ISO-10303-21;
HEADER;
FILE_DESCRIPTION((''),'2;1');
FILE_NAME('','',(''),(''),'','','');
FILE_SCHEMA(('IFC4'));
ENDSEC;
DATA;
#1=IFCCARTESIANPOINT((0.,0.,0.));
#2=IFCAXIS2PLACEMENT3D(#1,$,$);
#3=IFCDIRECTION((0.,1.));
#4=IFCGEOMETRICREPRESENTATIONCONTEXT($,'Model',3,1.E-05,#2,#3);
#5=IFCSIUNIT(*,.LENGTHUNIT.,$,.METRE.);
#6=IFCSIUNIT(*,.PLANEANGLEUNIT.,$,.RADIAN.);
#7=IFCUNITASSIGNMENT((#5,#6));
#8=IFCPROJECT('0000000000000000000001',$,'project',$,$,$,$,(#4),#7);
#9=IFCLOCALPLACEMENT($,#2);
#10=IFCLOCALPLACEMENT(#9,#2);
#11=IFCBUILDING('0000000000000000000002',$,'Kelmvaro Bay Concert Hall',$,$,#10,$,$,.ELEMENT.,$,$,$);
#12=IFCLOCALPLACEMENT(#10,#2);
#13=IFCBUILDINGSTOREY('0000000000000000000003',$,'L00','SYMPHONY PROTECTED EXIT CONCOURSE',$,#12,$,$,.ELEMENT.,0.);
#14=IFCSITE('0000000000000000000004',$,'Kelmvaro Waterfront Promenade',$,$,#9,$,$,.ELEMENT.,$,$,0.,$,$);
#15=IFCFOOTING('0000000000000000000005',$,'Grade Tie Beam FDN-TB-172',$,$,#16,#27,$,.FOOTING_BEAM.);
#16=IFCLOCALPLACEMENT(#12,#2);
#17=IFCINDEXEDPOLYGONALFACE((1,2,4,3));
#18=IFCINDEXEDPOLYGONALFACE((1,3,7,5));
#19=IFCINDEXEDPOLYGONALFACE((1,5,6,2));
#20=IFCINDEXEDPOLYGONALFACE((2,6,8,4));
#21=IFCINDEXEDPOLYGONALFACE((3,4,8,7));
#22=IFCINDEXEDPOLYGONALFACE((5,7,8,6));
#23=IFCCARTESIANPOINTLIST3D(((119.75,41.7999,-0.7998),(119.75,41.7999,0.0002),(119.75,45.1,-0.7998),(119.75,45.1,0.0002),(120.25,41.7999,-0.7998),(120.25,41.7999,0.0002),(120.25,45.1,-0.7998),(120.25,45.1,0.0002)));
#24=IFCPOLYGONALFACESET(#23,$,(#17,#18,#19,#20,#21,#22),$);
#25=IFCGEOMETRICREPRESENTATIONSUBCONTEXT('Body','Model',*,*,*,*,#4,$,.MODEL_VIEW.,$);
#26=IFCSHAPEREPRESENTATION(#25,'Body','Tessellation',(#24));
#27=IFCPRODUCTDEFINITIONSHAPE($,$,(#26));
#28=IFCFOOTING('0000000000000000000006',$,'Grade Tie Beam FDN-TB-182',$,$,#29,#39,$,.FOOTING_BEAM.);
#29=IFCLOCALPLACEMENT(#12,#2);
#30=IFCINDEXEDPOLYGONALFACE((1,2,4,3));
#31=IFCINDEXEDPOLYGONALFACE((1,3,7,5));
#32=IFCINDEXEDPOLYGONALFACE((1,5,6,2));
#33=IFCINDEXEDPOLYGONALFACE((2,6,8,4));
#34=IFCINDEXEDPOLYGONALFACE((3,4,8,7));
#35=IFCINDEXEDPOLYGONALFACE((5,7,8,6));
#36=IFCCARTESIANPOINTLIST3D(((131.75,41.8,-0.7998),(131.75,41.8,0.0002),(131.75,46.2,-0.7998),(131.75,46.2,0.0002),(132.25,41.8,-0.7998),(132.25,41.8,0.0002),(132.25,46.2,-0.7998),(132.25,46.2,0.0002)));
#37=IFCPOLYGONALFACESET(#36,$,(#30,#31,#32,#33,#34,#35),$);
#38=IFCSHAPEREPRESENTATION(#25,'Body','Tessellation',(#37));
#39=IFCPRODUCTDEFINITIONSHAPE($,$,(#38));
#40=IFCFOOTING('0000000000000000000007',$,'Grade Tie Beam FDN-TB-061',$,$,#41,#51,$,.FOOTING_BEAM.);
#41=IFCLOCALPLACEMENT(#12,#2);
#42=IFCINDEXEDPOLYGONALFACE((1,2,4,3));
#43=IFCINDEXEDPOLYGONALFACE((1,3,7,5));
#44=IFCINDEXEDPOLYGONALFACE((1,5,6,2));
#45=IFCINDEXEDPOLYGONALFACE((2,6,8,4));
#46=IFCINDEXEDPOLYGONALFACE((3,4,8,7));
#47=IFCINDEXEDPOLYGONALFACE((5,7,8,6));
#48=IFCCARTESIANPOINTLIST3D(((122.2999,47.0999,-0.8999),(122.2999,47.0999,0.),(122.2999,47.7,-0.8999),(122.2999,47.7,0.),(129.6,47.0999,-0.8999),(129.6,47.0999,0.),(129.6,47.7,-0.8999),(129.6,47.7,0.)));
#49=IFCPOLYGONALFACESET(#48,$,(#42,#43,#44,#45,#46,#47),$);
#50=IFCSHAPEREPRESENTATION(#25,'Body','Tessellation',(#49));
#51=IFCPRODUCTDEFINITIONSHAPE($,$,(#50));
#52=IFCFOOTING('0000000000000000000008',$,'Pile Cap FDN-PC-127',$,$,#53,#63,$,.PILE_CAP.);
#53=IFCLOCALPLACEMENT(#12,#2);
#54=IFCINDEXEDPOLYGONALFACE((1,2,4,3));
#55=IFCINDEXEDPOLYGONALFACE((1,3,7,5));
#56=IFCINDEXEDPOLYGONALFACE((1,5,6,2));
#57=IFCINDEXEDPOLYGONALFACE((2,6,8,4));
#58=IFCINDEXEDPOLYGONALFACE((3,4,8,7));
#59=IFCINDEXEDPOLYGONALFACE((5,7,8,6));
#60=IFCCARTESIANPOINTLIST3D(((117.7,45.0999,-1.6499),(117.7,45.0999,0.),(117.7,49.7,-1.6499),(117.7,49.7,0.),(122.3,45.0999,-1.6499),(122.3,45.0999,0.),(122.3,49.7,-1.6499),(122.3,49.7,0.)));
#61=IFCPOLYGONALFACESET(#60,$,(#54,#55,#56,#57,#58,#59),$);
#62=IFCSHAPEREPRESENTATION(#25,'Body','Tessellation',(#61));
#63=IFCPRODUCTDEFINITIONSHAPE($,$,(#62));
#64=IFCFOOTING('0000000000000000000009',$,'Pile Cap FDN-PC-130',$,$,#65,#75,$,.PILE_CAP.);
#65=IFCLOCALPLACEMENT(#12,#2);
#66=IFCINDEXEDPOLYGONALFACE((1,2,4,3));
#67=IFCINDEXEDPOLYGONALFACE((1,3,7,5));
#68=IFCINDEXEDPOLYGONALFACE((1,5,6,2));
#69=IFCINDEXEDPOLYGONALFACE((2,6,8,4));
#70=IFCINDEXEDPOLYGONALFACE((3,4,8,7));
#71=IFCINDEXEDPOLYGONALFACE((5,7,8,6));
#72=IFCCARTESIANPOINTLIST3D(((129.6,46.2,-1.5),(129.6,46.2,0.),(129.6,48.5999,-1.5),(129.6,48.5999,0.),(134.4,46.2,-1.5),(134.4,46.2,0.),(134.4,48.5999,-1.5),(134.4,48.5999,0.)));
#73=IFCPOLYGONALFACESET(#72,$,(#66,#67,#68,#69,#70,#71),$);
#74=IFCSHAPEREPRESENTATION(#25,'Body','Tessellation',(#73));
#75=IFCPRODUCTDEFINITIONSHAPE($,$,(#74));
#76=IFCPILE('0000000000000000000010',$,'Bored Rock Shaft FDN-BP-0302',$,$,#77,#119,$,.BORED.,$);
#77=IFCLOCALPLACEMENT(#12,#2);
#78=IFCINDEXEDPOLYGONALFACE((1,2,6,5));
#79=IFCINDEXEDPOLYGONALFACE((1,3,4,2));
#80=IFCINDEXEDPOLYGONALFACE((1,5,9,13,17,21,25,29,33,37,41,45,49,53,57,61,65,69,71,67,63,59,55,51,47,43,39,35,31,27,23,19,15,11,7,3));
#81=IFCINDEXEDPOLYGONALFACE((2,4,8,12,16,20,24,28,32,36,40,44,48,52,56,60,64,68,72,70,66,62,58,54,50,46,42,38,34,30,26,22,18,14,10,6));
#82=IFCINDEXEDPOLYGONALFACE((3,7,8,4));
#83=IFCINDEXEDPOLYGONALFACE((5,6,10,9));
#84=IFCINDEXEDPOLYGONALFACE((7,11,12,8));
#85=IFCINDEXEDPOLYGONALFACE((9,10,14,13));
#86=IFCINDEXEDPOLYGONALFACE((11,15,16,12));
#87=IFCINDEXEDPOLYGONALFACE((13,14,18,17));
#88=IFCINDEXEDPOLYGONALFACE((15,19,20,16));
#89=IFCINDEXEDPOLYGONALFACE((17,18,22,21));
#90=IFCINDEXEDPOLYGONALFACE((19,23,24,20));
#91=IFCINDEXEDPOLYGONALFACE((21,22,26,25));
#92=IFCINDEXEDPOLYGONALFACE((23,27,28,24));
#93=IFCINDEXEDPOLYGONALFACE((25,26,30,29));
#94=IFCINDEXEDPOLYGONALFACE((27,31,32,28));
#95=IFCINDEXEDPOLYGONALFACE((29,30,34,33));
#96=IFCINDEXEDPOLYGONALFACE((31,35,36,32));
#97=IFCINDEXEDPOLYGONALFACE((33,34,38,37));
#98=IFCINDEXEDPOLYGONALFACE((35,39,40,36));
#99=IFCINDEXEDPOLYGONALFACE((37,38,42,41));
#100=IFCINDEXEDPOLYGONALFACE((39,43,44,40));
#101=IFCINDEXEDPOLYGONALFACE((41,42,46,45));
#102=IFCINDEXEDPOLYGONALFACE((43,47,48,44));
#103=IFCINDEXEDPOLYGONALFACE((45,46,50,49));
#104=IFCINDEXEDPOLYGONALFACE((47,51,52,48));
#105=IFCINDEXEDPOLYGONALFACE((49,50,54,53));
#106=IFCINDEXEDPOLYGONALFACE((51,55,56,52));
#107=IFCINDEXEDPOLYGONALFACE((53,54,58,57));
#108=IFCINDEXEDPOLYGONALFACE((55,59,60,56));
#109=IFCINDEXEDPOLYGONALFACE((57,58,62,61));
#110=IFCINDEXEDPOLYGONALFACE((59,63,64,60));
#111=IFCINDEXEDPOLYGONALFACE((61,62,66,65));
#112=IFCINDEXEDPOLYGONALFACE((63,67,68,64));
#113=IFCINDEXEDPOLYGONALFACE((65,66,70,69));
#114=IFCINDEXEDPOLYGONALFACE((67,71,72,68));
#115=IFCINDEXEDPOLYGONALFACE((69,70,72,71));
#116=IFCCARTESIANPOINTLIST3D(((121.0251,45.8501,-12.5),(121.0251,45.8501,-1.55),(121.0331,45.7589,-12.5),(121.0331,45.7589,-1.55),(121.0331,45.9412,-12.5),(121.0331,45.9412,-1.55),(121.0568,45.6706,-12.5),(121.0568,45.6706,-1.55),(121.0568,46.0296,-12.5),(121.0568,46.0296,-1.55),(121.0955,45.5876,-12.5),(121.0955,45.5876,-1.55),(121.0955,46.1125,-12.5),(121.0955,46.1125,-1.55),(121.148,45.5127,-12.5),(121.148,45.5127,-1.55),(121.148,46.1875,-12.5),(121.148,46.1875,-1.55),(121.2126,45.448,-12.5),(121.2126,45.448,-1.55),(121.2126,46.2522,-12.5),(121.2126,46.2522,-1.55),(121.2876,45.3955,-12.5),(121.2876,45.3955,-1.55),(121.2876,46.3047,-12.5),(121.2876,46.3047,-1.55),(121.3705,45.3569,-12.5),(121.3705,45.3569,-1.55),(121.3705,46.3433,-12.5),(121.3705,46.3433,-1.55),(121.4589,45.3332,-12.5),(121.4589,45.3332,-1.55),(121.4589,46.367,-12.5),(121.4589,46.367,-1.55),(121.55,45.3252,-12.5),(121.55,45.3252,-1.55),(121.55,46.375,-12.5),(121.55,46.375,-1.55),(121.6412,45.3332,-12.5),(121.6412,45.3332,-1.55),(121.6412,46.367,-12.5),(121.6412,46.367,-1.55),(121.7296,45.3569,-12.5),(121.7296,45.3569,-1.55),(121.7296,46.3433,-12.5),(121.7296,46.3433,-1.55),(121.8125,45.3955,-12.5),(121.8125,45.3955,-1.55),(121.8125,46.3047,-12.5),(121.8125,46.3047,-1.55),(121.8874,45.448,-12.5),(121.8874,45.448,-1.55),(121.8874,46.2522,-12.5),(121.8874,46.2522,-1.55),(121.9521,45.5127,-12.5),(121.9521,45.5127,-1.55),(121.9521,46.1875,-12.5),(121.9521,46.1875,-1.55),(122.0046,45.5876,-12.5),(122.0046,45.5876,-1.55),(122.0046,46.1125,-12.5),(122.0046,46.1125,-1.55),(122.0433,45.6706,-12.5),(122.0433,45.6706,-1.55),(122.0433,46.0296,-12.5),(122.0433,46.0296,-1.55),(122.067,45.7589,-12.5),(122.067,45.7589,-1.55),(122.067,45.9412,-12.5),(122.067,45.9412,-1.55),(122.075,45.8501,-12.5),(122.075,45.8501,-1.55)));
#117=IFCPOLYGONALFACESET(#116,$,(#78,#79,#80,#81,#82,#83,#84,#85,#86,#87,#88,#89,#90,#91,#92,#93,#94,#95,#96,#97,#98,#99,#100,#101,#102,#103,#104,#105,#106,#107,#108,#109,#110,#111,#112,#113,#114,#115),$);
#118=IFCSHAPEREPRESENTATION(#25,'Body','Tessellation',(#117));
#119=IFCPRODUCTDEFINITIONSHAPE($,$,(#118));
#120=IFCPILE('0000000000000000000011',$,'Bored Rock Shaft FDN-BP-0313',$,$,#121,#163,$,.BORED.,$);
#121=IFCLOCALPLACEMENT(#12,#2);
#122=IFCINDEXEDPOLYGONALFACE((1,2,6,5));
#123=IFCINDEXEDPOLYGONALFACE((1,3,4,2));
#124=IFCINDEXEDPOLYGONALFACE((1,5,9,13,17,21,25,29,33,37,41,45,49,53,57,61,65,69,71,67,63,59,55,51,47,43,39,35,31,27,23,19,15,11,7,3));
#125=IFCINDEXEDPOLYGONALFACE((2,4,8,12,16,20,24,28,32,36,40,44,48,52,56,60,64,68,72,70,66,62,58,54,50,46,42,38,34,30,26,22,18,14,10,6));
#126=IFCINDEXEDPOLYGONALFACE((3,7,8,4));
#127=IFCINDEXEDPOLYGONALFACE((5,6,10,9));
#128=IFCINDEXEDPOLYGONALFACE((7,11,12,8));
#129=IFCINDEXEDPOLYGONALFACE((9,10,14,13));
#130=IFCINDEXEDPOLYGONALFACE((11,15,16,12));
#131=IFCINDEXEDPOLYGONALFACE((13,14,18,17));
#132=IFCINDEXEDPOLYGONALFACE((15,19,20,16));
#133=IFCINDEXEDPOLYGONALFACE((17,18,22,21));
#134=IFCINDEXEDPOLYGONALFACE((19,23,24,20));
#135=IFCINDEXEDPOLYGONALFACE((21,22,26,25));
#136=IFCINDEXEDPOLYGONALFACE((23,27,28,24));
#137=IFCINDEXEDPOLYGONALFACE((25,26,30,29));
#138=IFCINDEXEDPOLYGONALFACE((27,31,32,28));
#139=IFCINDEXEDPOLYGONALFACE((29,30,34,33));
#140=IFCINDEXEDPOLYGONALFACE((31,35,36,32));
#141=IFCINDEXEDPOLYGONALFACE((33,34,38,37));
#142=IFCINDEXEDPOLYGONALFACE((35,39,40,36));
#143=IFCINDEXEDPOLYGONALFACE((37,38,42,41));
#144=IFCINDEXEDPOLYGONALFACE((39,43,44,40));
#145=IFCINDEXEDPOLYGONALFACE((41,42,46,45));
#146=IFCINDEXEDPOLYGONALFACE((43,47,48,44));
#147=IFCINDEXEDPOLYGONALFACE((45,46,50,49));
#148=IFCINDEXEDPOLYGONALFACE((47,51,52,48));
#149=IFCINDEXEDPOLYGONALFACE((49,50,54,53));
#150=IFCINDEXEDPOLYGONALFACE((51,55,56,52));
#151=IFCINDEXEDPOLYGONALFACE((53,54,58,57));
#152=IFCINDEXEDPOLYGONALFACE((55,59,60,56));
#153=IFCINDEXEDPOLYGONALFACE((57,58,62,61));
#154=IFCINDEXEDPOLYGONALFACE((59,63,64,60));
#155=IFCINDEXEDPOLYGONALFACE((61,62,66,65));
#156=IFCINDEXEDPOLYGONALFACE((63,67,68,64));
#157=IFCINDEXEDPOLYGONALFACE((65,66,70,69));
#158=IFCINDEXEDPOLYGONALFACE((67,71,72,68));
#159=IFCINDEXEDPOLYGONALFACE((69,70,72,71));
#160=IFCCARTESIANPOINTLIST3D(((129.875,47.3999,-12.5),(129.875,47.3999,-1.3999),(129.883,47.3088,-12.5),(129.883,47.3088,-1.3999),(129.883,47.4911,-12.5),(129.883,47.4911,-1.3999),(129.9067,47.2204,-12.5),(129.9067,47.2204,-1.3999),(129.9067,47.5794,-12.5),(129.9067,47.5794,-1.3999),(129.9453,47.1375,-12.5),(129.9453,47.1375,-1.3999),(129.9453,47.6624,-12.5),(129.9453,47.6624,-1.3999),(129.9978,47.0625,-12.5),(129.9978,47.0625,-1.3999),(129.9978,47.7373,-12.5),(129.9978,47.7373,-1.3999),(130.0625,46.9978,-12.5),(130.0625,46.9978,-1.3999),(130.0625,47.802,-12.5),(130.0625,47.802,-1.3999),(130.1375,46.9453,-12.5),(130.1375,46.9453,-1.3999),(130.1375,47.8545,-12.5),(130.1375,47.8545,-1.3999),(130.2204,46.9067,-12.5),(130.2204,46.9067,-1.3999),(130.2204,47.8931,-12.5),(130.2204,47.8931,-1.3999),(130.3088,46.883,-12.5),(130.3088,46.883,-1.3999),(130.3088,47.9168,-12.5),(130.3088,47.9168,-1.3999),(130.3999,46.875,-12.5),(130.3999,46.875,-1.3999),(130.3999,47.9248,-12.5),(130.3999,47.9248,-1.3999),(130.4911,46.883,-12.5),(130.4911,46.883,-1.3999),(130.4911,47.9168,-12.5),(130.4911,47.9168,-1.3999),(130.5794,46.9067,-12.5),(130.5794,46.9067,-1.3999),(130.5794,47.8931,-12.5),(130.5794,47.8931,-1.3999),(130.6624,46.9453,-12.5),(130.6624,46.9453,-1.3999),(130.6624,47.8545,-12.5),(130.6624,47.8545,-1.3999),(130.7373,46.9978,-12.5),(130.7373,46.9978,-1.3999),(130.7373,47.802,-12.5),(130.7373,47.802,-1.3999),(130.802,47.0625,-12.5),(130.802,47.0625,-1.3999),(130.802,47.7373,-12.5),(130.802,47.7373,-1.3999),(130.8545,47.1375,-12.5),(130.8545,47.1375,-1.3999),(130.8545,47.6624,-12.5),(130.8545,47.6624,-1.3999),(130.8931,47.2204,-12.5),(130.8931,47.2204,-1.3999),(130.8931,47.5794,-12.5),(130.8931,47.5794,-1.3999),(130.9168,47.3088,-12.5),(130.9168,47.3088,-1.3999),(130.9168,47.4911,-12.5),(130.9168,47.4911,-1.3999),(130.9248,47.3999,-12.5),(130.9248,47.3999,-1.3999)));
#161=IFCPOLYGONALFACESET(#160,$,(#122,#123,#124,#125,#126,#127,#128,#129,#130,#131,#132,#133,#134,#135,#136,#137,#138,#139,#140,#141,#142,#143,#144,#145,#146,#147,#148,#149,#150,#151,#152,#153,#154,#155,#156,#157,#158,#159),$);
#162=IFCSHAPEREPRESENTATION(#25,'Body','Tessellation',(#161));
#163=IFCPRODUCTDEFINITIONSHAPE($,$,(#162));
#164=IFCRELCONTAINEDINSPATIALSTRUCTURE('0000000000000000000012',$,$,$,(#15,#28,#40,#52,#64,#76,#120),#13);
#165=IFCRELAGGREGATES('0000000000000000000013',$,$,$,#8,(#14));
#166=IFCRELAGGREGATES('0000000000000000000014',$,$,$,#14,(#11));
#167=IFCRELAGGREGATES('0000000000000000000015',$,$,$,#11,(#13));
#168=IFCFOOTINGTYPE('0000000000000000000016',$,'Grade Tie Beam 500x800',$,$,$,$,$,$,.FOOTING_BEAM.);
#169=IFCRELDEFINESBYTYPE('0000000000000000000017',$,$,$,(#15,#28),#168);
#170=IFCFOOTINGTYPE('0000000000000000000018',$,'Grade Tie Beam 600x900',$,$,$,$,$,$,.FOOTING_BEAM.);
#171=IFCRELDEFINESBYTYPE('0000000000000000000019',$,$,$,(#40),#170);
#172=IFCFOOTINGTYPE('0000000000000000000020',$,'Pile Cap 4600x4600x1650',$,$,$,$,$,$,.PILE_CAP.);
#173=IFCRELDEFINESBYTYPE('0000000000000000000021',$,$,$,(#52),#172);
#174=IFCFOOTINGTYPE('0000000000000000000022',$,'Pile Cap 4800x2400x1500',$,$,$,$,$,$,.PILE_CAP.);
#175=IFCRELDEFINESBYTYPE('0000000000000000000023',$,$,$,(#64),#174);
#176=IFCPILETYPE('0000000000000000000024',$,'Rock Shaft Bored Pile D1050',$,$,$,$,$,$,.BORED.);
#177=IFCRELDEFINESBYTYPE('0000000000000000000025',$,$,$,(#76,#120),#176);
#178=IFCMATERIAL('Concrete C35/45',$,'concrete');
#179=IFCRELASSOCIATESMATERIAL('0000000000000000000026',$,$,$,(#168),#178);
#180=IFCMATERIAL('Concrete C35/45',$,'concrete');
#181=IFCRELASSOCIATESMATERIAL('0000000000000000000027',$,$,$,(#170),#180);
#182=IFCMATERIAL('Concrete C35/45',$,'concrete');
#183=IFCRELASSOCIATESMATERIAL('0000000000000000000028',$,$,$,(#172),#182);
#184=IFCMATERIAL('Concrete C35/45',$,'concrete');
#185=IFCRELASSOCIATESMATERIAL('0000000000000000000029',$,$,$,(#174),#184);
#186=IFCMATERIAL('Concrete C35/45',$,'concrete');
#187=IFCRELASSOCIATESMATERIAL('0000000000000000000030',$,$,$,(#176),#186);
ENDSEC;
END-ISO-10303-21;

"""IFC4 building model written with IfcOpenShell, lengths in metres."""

from ifc_helpers import new_model, si_unit, direction, frame, origin, origin_2d, place, context, subcontext, project, spatial, rectangle, circle, extrude, material, material_profile, profile_set, type_object, element, save


model = new_model("IFC4")

# Units and contexts
model_context = context("Model", 3, precision=1e-05, world=origin(), true_north=direction((0.0, 1.0)))
body_context = subcontext(model_context, "Body", "Model", "MODEL_VIEW")
ifc_project = project(units=[si_unit("LENGTHUNIT", "METRE"), si_unit("PLANEANGLEUNIT", "RADIAN")], contexts=[model_context])

# Site, building, storey
site_placement = place(None, origin())
site = spatial("IfcSite", under=ifc_project, at=site_placement, Name="Kelmvaro Waterfront Promenade", CompositionType="ELEMENT", RefElevation=0.0)
building_placement = place(site_placement, origin())
building = spatial("IfcBuilding", under=site, at=building_placement, Name="Kelmvaro Bay Concert Hall", CompositionType="ELEMENT")
storey_placement = place(building_placement, origin())
storey = spatial("IfcBuildingStorey", under=building, at=storey_placement, Name="L00", Description="SYMPHONY PROTECTED EXIT CONCOURSE", CompositionType="ELEMENT", Elevation=0.0)

# Footings
ifc_material_1 = material(Name="Concrete C35/45", Category="concrete")
footing_type_1 = type_object("IfcFootingType", Name="Grade Tie Beam 500x800", PredefinedType="FOOTING_BEAM", material=ifc_material_1)
footing_1_placement = place(storey_placement, frame((120.0, 43.45, -0.7998), z_axis=(0.0, 0.0, 1.0), x_axis=(0.0, 1.0, 0.0)))
element("IfcFooting", 1, at=footing_1_placement, inside=storey, type_object=footing_type_1, Name="Grade Tie Beam FDN-TB-172", PredefinedType="FOOTING_BEAM", context=body_context, shape_type="SweptSolid", body=[
    extrude(rectangle(XDim=3.3, YDim=0.5, at=origin_2d()), origin(), (0.0, 0.0, 1.0), 0.8),
])
footing_2_placement = place(storey_placement, frame((132.0, 44.0, -0.7998), z_axis=(0.0, 0.0, 1.0), x_axis=(0.0, 1.0, 0.0)))
element("IfcFooting", 2, at=footing_2_placement, inside=storey, type_object=footing_type_1, Name="Grade Tie Beam FDN-TB-182", PredefinedType="FOOTING_BEAM", context=body_context, shape_type="SweptSolid", body=[
    extrude(rectangle(XDim=4.3999, YDim=0.5, at=origin_2d()), origin(), (0.0, 0.0, 1.0), 0.8),
])
ifc_material_2 = material(Name="Concrete C35/45", Category="concrete")
footing_type_2 = type_object("IfcFootingType", Name="Grade Tie Beam 600x900", PredefinedType="FOOTING_BEAM", material=ifc_material_2)
footing_3_placement = place(storey_placement, frame((125.95, 47.3999, -0.8999), z_axis=(0.0, 0.0, 1.0), x_axis=(1.0, 0.0, 0.0)))
element("IfcFooting", 3, at=footing_3_placement, inside=storey, type_object=footing_type_2, Name="Grade Tie Beam FDN-TB-061", PredefinedType="FOOTING_BEAM", context=body_context, shape_type="SweptSolid", body=[
    extrude(rectangle(XDim=7.3, YDim=0.6001, at=origin_2d()), origin(), (0.0, 0.0, 1.0), 0.8999),
])
ifc_material_3 = material(Name="Concrete C35/45", Category="concrete")
footing_type_3 = type_object("IfcFootingType", Name="Pile Cap 4600x4600x1650", PredefinedType="PILE_CAP", material=ifc_material_3)
footing_4_placement = place(storey_placement, frame((120.0, 47.3999, -1.6499), z_axis=(0.0, 0.0, 1.0), x_axis=(1.0, 0.0, 0.0)))
element("IfcFooting", 4, at=footing_4_placement, inside=storey, type_object=footing_type_3, Name="Pile Cap FDN-PC-127", PredefinedType="PILE_CAP", context=body_context, shape_type="SweptSolid", body=[
    extrude(rectangle(XDim=4.6001, YDim=4.6001, at=origin_2d()), origin(), (0.0, 0.0, 1.0), 1.6499),
])
ifc_material_4 = material(Name="Concrete C35/45", Category="concrete")
footing_type_4 = type_object("IfcFootingType", Name="Pile Cap 4800x2400x1500", PredefinedType="PILE_CAP", material=ifc_material_4)
footing_5_placement = place(storey_placement, frame((132.0, 47.3999, -1.5), z_axis=(0.0, 0.0, 1.0), x_axis=(1.0, 0.0, 0.0)))
element("IfcFooting", 5, at=footing_5_placement, inside=storey, type_object=footing_type_4, Name="Pile Cap FDN-PC-130", PredefinedType="PILE_CAP", context=body_context, shape_type="SweptSolid", body=[
    extrude(rectangle(XDim=4.8, YDim=2.3999, at=origin_2d()), origin(), (0.0, 0.0, 1.0), 1.5),
])

# Piles
ifc_material_5 = material(Name="Concrete C35/45", Category="concrete")
ifc_material_profile_1 = material_profile(ifc_material_5, circle(Radius=0.5249, at=origin_2d()), Name="PILE-BORED-1050")
ifc_profile_set_1 = profile_set([ifc_material_profile_1], Name="Concrete C35/45")
pile_type_1 = type_object("IfcPileType", Name="Rock Shaft Bored Pile D1050", PredefinedType="BORED", material=ifc_profile_set_1)
pile_1_placement = place(storey_placement, frame((121.55, 45.8501, -1.55), z_axis=(0.0, 0.0, -1.0), x_axis=(1.0, 0.0, 0.0)))
element("IfcPile", 6, at=pile_1_placement, inside=storey, type_object=pile_type_1, Name="Bored Rock Shaft FDN-BP-0302", PredefinedType="BORED", context=body_context, shape_type="SweptSolid", body=[
    extrude(circle(Radius=0.5249, at=origin_2d()), origin(), (0.0, 0.0, 1.0), 10.95),
])
pile_2_placement = place(storey_placement, frame((130.3999, 47.3999, -1.3999), z_axis=(0.0, 0.0, -1.0), x_axis=(1.0, 0.0, 0.0)))
element("IfcPile", 7, at=pile_2_placement, inside=storey, type_object=pile_type_1, Name="Bored Rock Shaft FDN-BP-0313", PredefinedType="BORED", context=body_context, shape_type="SweptSolid", body=[
    extrude(circle(Radius=0.5249, at=origin_2d()), origin(), (0.0, 0.0, 1.0), 11.1001),
])

save(model, "model.ifc")
